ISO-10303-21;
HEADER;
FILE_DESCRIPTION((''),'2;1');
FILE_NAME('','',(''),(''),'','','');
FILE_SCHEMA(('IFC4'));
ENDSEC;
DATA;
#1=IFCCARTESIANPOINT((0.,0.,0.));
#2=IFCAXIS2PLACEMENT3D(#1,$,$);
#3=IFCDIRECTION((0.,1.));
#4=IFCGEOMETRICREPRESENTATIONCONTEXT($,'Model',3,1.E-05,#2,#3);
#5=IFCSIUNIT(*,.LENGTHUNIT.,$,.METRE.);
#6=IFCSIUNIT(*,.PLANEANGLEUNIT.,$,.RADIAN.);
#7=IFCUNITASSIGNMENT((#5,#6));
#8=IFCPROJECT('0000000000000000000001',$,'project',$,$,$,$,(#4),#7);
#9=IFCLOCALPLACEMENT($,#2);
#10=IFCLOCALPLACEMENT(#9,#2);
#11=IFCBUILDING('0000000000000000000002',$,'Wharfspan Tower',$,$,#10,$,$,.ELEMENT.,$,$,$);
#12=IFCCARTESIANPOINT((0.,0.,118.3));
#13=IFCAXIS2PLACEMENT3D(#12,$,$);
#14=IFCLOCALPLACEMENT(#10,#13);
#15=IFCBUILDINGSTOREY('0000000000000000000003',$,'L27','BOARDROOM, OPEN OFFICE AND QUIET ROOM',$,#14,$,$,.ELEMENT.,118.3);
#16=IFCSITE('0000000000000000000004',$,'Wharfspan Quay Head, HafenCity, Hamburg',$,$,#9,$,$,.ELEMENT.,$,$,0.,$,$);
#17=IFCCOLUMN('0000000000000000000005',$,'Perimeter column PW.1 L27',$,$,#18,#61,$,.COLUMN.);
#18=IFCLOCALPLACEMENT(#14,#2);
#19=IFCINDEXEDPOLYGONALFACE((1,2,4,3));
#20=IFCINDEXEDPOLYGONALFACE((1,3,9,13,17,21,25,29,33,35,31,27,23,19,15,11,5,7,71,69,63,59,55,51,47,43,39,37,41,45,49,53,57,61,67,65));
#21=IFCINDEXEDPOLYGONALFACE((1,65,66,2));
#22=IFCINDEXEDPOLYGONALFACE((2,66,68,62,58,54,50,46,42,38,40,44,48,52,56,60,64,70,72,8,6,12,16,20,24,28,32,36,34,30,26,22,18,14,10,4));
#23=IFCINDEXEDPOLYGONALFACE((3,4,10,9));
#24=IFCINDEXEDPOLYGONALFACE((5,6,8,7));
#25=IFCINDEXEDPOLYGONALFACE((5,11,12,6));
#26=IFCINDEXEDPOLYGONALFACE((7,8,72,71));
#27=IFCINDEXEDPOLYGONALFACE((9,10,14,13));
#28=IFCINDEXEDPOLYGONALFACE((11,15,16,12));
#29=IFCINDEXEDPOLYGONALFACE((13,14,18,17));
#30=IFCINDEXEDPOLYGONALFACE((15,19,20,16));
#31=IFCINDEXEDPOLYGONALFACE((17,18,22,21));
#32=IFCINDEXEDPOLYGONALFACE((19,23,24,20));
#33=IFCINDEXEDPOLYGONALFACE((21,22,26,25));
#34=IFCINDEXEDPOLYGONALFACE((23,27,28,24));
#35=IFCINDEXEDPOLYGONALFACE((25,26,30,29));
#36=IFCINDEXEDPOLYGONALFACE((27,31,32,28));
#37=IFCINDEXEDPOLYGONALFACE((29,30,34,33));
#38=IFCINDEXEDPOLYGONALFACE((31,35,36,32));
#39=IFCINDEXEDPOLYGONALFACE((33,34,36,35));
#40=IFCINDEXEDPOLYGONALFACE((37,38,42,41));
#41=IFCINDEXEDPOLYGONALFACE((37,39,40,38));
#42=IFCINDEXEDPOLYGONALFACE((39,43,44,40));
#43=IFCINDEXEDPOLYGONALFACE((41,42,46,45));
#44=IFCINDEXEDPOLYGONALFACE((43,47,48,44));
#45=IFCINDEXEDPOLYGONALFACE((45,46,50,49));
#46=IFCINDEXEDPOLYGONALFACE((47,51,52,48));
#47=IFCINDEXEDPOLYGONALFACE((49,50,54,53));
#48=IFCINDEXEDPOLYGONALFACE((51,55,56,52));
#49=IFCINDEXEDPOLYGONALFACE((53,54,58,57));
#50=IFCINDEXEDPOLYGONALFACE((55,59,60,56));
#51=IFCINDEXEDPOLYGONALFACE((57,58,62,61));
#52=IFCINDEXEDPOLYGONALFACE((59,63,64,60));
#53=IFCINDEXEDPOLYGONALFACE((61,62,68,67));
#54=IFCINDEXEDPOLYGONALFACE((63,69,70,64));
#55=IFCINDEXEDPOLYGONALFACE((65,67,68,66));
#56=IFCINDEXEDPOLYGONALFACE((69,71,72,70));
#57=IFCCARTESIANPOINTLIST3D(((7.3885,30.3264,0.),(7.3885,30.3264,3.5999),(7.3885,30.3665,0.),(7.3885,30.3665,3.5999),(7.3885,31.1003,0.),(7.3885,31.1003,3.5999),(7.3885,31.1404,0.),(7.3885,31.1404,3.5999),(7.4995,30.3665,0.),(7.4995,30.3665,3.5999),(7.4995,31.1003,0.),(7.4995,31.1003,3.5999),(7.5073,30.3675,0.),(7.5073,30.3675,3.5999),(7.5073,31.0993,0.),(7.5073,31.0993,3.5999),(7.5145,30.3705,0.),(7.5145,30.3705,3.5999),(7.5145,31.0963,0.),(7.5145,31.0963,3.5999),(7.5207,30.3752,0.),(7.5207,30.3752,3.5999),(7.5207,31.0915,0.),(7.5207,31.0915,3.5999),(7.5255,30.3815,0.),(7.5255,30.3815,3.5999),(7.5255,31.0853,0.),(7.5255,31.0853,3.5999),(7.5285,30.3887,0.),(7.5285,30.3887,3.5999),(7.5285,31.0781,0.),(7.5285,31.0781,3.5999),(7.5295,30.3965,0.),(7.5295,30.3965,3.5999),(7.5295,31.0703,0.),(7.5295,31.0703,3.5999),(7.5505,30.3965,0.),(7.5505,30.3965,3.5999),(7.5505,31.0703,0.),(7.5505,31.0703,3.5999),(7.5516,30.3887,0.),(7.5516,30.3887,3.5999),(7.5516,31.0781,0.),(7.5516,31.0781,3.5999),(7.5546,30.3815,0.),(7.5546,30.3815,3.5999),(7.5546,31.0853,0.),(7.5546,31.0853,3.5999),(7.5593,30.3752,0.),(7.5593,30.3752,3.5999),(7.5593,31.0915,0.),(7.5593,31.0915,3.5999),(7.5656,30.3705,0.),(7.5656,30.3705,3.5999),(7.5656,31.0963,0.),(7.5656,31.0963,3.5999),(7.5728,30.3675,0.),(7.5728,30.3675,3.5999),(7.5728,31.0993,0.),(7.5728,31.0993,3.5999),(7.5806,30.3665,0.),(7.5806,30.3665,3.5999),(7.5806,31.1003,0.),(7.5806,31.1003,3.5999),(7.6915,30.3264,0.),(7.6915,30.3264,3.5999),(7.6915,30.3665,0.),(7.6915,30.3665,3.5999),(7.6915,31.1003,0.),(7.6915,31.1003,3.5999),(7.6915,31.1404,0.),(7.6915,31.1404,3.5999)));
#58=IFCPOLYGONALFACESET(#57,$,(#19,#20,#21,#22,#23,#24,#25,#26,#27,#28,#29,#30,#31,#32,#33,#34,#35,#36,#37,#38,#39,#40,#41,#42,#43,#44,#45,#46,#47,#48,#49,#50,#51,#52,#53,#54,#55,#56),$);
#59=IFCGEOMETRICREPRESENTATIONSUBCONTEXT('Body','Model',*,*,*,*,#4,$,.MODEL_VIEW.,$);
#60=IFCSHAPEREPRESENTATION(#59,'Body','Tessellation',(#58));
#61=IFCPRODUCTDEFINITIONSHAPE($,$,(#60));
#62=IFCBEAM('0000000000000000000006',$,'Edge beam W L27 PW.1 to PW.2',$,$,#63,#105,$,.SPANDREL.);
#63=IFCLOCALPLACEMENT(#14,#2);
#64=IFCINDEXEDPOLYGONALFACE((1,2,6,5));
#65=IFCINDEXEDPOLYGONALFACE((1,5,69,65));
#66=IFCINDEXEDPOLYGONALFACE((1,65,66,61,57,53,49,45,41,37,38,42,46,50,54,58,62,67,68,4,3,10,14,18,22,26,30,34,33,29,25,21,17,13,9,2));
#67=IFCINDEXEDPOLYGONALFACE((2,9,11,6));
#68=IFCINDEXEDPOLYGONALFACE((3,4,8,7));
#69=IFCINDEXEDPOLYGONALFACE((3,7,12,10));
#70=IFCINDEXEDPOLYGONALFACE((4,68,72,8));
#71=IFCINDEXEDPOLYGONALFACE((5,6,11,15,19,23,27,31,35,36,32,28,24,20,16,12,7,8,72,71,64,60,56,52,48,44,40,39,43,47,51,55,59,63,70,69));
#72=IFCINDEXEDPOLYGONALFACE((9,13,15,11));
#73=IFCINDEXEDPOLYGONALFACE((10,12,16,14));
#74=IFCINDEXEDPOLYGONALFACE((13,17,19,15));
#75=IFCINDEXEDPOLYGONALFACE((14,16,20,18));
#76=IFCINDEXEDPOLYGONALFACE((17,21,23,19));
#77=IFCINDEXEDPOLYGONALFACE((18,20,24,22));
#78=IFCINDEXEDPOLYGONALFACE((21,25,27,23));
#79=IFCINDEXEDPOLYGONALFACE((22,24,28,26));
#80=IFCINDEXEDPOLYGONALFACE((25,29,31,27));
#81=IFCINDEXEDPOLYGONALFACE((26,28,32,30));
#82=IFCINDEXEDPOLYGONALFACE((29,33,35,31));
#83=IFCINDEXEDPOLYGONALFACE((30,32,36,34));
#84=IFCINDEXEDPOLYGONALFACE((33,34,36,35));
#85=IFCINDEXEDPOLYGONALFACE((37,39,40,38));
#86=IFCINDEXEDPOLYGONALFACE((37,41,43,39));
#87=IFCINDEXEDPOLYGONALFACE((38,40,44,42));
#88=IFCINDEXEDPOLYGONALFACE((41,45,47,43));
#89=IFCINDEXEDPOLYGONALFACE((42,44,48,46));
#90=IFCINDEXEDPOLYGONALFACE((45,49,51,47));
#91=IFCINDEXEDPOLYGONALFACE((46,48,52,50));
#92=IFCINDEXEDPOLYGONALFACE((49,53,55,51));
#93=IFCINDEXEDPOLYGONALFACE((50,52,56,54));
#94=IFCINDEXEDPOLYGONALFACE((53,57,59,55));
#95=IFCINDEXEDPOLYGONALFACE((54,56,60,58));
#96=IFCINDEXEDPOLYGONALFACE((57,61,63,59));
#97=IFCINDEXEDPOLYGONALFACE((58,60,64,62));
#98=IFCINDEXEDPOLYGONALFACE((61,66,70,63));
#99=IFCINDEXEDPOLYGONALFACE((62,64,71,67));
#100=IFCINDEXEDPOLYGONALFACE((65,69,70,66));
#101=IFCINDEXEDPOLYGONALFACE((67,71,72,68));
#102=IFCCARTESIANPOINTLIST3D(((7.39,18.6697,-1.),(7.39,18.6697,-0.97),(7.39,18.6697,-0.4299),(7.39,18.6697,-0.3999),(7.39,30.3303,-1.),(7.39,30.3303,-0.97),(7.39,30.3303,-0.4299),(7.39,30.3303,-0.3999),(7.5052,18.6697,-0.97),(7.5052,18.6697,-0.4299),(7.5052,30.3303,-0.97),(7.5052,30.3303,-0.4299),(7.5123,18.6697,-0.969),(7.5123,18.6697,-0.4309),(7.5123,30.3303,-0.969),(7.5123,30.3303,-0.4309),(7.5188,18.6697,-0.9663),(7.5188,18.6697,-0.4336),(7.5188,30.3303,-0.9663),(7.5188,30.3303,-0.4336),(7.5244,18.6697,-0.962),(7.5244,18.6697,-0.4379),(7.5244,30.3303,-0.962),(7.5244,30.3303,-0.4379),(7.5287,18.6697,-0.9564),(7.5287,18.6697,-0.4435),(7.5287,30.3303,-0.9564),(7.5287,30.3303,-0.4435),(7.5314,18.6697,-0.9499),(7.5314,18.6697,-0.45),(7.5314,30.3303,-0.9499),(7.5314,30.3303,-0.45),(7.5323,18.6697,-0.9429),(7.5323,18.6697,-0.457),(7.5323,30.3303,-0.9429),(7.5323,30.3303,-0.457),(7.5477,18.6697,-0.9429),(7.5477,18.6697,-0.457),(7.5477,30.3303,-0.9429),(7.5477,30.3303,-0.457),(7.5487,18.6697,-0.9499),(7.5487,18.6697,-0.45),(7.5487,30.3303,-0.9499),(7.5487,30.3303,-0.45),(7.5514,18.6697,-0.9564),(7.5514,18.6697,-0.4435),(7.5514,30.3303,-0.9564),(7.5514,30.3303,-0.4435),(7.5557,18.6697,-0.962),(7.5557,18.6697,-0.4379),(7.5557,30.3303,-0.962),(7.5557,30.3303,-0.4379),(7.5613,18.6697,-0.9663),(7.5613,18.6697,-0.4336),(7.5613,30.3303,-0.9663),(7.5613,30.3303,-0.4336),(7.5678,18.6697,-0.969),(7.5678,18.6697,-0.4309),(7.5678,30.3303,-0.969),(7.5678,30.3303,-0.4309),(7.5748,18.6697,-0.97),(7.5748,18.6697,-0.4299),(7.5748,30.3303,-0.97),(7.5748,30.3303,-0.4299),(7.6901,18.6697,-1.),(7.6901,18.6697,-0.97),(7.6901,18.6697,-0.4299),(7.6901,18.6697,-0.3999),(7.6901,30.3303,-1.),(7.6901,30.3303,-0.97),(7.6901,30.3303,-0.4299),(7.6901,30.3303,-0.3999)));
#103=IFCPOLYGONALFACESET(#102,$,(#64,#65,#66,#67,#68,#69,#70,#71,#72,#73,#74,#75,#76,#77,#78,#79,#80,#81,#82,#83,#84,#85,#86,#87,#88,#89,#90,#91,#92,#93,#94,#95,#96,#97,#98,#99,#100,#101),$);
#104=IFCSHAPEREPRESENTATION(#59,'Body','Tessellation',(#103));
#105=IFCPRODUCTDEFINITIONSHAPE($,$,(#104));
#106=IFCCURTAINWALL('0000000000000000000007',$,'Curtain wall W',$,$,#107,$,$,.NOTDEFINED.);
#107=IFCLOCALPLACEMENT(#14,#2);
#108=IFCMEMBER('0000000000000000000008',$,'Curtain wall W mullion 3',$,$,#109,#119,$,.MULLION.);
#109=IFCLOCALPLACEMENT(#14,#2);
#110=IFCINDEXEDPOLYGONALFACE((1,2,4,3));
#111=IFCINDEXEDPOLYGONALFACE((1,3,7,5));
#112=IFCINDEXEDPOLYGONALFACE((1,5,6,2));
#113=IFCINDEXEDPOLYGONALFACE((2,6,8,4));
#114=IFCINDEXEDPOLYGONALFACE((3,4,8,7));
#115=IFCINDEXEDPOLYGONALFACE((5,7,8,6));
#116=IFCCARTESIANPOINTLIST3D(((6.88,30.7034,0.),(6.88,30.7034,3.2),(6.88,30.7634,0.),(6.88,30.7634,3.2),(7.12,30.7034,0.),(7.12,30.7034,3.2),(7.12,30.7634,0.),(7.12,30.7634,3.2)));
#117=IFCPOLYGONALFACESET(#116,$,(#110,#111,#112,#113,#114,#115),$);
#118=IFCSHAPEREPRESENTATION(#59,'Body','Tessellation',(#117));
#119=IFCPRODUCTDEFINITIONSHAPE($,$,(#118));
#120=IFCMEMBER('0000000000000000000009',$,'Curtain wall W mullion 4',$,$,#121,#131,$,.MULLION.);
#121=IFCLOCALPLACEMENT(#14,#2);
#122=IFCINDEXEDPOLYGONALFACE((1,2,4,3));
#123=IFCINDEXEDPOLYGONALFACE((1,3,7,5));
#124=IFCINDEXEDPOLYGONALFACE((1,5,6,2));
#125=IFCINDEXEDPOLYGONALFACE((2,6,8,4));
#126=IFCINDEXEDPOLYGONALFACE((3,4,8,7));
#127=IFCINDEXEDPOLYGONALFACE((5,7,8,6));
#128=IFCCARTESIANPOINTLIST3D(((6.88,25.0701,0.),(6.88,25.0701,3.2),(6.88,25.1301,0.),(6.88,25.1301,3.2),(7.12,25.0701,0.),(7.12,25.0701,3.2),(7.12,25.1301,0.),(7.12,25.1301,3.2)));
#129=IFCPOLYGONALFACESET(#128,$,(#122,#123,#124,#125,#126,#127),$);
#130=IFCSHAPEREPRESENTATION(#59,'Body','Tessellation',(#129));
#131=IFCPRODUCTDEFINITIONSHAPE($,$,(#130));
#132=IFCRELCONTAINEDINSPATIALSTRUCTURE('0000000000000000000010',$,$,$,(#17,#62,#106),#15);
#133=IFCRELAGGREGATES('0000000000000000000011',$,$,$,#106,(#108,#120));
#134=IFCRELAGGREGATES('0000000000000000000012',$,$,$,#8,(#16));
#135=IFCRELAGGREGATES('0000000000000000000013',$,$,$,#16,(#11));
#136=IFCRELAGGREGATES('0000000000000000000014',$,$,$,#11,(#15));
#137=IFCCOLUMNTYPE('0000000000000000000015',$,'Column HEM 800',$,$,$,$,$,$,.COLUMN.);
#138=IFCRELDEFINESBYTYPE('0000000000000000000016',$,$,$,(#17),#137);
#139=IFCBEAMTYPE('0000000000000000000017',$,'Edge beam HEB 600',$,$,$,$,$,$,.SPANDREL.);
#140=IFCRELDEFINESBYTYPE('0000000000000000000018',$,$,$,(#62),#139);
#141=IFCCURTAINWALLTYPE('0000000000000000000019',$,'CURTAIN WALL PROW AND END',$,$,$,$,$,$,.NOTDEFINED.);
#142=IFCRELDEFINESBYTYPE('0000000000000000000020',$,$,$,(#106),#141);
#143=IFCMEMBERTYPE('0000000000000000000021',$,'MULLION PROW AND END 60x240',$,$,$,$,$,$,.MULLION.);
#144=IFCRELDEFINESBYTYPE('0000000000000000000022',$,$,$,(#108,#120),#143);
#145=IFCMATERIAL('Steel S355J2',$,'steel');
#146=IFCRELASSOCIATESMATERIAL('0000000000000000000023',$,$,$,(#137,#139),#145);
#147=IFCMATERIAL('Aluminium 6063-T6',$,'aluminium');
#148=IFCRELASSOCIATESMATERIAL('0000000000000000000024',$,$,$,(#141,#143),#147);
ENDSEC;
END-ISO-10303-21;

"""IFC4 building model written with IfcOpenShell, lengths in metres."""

from ifc_helpers import new_model, si_unit, direction, frame, origin, origin_2d, place, context, subcontext, project, spatial, rectangle, i_section, extrude, material, material_profile, profile_set, type_object, element, aggregate, save


model = new_model("IFC4")

# Units and contexts
model_context = context("Model", 3, precision=1e-05, world=origin(), true_north=direction((0.0, 1.0)))
body_context = subcontext(model_context, "Body", "Model", "MODEL_VIEW")
ifc_project = project(units=[si_unit("LENGTHUNIT", "METRE"), si_unit("PLANEANGLEUNIT", "RADIAN")], contexts=[model_context])

# Site, building, storey
site_placement = place(None, origin())
site = spatial("IfcSite", under=ifc_project, at=site_placement, Name="Wharfspan Quay Head, HafenCity, Hamburg", CompositionType="ELEMENT", RefElevation=0.0)
building_placement = place(site_placement, origin())
building = spatial("IfcBuilding", under=site, at=building_placement, Name="Wharfspan Tower", CompositionType="ELEMENT")
storey_placement = place(building_placement, frame((0.0, 0.0, 118.3)))
storey = spatial("IfcBuildingStorey", under=building, at=storey_placement, Name="L27", Description="BOARDROOM, OPEN OFFICE AND QUIET ROOM", CompositionType="ELEMENT", Elevation=118.3)

# Column
ifc_material_1 = material(Name="Steel S355J2", Category="steel")
ifc_material_profile_1 = material_profile(ifc_material_1, i_section(OverallWidth=0.303, OverallDepth=0.814, WebThickness=0.021, FlangeThickness=0.04, FilletRadius=0.03, at=origin_2d()))
ifc_profile_set_1 = profile_set([ifc_material_profile_1], Name="Steel S355J2")
column_type = type_object("IfcColumnType", Name="Column HEM 800", PredefinedType="COLUMN", material=ifc_profile_set_1)
column_placement = place(storey_placement, frame((7.54, 30.7334, 0.0), z_axis=(0.0, 0.0, 1.0), x_axis=(-1.0, 0.0, 0.0)))
element("IfcColumn", 1, at=column_placement, inside=storey, type_object=column_type, Name="Perimeter column PW.1 L27", PredefinedType="COLUMN", context=body_context, shape_type="SweptSolid", body=[
    extrude(i_section(OverallWidth=0.303, OverallDepth=0.814, WebThickness=0.021, FlangeThickness=0.04, FilletRadius=0.03, at=origin_2d()), origin(), (0.0, 0.0, 1.0), 3.5999),
])

# Beam
ifc_material_profile_2 = material_profile(ifc_material_1, i_section(OverallWidth=0.3, OverallDepth=0.6001, WebThickness=0.0154, FlangeThickness=0.03, FilletRadius=0.0271, at=origin_2d()))
ifc_profile_set_2 = profile_set([ifc_material_profile_2], Name="Steel S355J2")
beam_type = type_object("IfcBeamType", Name="Edge beam HEB 600", PredefinedType="SPANDREL", material=ifc_profile_set_2)
beam_placement = place(storey_placement, frame((7.54, 30.3303, -0.7), z_axis=(0.0, -1.0, 0.0), x_axis=(1.0, 0.0, 0.0)))
element("IfcBeam", 2, at=beam_placement, inside=storey, type_object=beam_type, Name="Edge beam W L27 PW.1 to PW.2", PredefinedType="SPANDREL", context=body_context, shape_type="SweptSolid", body=[
    extrude(i_section(OverallWidth=0.3, OverallDepth=0.6001, WebThickness=0.0154, FlangeThickness=0.03, FilletRadius=0.0271, at=origin_2d()), origin(), (0.0, 0.0, 1.0), 11.6606),
])

# Curtain wall, members
ifc_material_2 = material(Name="Aluminium 6063-T6", Category="aluminium")
curtain_wall_type = type_object("IfcCurtainWallType", Name="CURTAIN WALL PROW AND END", PredefinedType="NOTDEFINED", material=ifc_material_2)
curtain_wall_placement = place(storey_placement, origin())
curtain_wall = element("IfcCurtainWall", 3, at=curtain_wall_placement, inside=storey, type_object=curtain_wall_type, Name="Curtain wall W", PredefinedType="NOTDEFINED")
ifc_material_profile_3 = material_profile(ifc_material_2, rectangle(XDim=0.24, YDim=0.0601, at=origin_2d()))
ifc_profile_set_3 = profile_set([ifc_material_profile_3], Name="Aluminium 6063-T6")
member_type_1 = type_object("IfcMemberType", Name="MULLION PROW AND END 60x240", PredefinedType="MULLION", material=ifc_profile_set_3)
member_1_placement = place(storey_placement, frame((7.0, 30.7334, 0.0), z_axis=(0.0, 0.0, 1.0), x_axis=(1.0, 0.0, 0.0)))
member_1 = element("IfcMember", 4, at=member_1_placement, type_object=member_type_1, Name="Curtain wall W mullion 3", PredefinedType="MULLION", context=body_context, shape_type="SweptSolid", body=[
    extrude(rectangle(XDim=0.24, YDim=0.0601, at=origin_2d()), origin(), (0.0, 0.0, 1.0), 3.2),
])
member_2_placement = place(storey_placement, frame((7.0, 25.1001, 0.0), z_axis=(0.0, 0.0, 1.0), x_axis=(1.0, 0.0, 0.0)))
member_2 = element("IfcMember", 5, at=member_2_placement, type_object=member_type_1, Name="Curtain wall W mullion 4", PredefinedType="MULLION", context=body_context, shape_type="SweptSolid", body=[
    extrude(rectangle(XDim=0.24, YDim=0.0601, at=origin_2d()), origin(), (0.0, 0.0, 1.0), 3.2),
])

aggregate(curtain_wall, [member_1, member_2])

save(model, "model.ifc")
